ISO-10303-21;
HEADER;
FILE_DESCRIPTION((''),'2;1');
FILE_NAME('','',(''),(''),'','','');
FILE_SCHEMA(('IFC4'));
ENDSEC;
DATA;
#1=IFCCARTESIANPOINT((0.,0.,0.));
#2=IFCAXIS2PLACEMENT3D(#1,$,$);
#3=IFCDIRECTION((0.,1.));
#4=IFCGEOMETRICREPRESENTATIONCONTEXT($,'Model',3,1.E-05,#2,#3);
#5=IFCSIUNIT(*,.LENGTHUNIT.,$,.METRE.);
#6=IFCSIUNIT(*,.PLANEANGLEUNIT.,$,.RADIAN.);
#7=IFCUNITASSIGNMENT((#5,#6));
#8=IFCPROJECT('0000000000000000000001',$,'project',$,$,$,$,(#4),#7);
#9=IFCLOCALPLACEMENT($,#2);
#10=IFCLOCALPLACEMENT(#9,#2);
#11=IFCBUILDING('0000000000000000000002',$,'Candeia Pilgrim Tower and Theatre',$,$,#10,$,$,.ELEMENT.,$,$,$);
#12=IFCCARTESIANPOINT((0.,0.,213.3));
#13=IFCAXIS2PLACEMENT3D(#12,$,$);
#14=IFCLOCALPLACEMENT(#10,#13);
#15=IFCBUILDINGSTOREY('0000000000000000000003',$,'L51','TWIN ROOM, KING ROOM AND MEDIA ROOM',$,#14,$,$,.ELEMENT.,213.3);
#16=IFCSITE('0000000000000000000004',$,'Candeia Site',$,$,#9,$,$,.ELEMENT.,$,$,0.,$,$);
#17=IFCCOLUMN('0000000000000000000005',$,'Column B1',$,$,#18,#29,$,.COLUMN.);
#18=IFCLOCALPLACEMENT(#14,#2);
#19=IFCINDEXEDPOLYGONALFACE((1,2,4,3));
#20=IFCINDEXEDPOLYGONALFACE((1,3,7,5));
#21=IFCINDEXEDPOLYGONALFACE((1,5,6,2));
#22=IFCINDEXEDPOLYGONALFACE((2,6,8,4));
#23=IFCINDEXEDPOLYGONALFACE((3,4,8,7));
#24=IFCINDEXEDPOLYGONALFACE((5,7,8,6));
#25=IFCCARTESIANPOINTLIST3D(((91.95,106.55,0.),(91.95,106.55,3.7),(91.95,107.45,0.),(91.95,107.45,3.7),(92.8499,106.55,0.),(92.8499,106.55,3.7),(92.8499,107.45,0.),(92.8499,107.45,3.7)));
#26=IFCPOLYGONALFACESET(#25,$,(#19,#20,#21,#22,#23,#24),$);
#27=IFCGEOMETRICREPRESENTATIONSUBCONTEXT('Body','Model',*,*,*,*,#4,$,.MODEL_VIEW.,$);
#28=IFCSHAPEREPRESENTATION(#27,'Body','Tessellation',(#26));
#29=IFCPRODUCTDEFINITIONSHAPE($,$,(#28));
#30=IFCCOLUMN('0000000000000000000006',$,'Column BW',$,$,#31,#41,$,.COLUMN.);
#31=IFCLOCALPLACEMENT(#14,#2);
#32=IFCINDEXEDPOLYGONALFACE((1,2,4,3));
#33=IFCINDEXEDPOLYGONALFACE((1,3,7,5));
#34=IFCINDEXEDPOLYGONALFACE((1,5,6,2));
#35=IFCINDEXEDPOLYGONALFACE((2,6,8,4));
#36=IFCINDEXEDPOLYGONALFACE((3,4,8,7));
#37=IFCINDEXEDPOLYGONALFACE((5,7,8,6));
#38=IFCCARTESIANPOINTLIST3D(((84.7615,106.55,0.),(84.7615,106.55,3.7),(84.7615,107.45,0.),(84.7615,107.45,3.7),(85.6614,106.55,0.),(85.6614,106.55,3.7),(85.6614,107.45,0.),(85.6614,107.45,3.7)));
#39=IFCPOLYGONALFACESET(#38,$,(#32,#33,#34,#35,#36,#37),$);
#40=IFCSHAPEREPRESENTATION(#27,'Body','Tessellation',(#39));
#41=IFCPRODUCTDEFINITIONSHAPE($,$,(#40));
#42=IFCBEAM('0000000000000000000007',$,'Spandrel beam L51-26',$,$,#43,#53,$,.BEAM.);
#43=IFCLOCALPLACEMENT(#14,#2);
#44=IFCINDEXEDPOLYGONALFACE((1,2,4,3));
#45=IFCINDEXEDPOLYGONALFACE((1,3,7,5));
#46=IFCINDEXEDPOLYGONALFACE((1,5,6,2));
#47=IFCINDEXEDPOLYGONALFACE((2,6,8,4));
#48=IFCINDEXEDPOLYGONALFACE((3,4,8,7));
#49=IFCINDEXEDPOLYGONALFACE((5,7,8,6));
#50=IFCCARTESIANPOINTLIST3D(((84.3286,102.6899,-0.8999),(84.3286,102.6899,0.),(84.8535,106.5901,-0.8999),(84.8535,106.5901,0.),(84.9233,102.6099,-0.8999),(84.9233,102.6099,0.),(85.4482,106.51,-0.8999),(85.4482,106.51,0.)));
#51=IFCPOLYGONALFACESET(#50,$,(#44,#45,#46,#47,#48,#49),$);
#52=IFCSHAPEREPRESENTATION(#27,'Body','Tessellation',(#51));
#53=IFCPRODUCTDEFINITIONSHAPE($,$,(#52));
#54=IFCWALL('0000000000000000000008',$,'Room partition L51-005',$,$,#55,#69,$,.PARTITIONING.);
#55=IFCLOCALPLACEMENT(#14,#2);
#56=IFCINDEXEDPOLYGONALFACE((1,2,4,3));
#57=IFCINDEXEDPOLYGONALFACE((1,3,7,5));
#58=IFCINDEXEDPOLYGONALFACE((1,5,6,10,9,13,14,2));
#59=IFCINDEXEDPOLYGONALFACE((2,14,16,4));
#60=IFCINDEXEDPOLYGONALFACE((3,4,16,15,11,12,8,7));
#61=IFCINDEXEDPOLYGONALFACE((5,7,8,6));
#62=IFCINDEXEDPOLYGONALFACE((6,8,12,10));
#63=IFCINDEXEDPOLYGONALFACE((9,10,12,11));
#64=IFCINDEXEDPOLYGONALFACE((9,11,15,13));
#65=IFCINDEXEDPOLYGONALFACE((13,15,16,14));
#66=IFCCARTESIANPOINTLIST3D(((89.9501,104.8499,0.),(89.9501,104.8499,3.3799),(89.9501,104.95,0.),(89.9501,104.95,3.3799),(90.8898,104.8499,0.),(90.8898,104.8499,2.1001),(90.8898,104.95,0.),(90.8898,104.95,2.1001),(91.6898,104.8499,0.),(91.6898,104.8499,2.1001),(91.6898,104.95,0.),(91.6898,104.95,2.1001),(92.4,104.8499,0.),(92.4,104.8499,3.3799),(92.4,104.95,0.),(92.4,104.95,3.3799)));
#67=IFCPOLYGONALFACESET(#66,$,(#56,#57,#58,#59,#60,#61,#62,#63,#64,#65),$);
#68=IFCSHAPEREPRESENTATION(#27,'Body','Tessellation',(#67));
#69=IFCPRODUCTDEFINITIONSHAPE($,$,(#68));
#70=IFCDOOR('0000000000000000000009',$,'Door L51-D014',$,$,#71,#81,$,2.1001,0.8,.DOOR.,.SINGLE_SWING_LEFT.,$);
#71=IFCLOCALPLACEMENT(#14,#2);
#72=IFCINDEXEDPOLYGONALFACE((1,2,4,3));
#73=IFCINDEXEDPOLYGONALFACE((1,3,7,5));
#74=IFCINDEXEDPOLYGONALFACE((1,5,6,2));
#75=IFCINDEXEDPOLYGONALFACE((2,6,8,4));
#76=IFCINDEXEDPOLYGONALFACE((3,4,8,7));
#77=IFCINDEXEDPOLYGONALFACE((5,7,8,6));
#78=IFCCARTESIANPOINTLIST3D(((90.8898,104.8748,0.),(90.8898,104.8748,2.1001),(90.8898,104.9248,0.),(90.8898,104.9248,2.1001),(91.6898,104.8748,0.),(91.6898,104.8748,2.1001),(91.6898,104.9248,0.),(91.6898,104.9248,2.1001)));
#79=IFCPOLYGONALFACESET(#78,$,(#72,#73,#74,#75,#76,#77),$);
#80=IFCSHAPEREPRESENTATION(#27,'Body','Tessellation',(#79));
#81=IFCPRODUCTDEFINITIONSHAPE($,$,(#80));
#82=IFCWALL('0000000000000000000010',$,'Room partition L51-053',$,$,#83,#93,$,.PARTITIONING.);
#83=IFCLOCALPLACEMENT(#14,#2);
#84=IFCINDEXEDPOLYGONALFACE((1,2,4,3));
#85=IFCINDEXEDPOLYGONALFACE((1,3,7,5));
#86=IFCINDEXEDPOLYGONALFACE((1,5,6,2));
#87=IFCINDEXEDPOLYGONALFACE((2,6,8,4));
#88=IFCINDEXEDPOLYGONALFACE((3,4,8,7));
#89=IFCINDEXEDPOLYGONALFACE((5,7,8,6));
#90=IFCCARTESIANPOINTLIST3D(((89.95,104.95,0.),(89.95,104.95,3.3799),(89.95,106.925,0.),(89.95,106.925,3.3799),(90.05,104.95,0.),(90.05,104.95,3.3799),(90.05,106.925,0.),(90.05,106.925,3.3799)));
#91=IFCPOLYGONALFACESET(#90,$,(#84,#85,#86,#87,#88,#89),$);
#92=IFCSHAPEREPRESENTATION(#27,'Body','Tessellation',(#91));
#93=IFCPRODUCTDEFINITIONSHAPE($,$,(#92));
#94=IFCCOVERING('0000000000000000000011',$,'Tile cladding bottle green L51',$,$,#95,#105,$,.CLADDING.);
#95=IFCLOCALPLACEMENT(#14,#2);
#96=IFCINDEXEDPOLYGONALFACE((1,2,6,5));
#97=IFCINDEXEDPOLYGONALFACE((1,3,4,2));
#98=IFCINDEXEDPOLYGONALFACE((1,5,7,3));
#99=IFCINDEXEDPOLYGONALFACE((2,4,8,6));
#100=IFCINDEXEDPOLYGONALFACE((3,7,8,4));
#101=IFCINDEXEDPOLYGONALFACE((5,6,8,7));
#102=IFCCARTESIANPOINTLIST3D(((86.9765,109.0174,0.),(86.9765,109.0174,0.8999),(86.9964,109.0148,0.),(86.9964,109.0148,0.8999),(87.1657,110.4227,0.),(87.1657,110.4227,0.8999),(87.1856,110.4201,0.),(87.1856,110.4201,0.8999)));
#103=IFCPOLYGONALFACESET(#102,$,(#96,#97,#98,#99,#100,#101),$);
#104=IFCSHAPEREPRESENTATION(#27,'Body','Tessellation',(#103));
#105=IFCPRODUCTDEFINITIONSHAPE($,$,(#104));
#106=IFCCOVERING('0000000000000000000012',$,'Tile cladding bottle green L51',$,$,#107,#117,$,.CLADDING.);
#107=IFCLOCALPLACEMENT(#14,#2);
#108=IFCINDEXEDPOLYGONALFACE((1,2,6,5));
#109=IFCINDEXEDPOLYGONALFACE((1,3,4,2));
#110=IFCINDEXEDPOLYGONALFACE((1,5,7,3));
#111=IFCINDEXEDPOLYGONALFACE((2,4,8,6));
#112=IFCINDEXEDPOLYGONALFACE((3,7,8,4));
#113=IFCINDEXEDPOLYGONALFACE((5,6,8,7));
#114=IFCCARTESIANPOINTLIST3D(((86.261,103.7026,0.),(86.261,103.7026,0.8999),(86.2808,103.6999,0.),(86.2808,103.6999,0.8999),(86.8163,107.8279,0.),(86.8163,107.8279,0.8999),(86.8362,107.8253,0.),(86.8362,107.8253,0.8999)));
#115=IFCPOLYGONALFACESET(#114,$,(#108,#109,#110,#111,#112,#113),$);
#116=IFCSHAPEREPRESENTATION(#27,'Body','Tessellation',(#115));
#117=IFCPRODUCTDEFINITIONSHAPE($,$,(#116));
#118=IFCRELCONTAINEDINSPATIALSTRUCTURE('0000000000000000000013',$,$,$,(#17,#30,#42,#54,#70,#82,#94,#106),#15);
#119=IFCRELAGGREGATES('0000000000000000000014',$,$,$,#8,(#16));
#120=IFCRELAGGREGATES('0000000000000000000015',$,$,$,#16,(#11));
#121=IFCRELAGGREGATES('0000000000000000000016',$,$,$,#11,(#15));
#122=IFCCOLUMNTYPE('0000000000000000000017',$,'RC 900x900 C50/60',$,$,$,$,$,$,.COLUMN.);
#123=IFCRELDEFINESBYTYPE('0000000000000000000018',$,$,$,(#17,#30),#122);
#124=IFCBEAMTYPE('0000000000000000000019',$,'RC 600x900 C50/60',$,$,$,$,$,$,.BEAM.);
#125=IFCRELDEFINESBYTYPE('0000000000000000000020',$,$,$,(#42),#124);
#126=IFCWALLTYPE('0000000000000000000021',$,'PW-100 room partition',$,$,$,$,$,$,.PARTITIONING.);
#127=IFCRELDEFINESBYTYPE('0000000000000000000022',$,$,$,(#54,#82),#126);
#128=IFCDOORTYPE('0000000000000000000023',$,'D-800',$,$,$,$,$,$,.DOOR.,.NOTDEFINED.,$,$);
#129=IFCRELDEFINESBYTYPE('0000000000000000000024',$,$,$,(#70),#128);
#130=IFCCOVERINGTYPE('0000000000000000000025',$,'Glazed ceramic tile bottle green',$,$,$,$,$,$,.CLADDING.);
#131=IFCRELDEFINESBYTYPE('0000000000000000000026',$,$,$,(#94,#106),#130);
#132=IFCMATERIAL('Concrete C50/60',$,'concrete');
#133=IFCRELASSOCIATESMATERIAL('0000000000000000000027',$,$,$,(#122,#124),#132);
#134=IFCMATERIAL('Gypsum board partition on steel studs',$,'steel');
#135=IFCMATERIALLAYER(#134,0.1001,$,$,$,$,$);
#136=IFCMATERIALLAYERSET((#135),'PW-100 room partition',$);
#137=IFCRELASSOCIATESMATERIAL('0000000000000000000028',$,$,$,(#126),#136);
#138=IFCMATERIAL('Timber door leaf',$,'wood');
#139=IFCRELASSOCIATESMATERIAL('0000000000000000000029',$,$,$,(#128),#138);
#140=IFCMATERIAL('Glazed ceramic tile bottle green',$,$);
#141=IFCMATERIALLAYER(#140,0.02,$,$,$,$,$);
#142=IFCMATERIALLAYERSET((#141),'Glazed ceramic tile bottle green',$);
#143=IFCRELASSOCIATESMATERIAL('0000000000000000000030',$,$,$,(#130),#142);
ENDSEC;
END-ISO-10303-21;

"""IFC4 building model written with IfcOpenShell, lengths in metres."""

from ifc_helpers import new_model, si_unit, direction, frame, frame_2d, origin, origin_2d, place, context, subcontext, project, spatial, rectangle, extrude, material, layer, layer_set, material_profile, profile_set, type_object, element, fill, save


model = new_model("IFC4")

# Units and contexts
model_context = context("Model", 3, precision=1e-05, world=origin(), true_north=direction((0.0, 1.0)))
body_context = subcontext(model_context, "Body", "Model", "MODEL_VIEW")
ifc_project = project(units=[si_unit("LENGTHUNIT", "METRE"), si_unit("PLANEANGLEUNIT", "RADIAN")], contexts=[model_context])

# Site, building, storey
site_placement = place(None, origin())
site = spatial("IfcSite", under=ifc_project, at=site_placement, Name="Candeia Site", CompositionType="ELEMENT", RefElevation=0.0)
building_placement = place(site_placement, origin())
building = spatial("IfcBuilding", under=site, at=building_placement, Name="Candeia Pilgrim Tower and Theatre", CompositionType="ELEMENT")
storey_placement = place(building_placement, frame((0.0, 0.0, 213.3)))
storey = spatial("IfcBuildingStorey", under=building, at=storey_placement, Name="L51", Description="TWIN ROOM, KING ROOM AND MEDIA ROOM", CompositionType="ELEMENT", Elevation=213.3)

# Columns
ifc_material_1 = material(Name="Concrete C50/60", Category="concrete")
ifc_material_profile_1 = material_profile(ifc_material_1, rectangle(XDim=0.8999, YDim=0.8999, at=origin_2d()))
ifc_profile_set_1 = profile_set([ifc_material_profile_1], Name="Concrete C50/60")
column_type = type_object("IfcColumnType", Name="RC 900x900 C50/60", PredefinedType="COLUMN", material=ifc_profile_set_1)
for number, where, z_axis, x_axis, name in (
    (1, (92.3999, 107.0, 0.0), (0.0, 0.0, 1.0), (1.0, 0.0, 0.0), "Column B1"),
    (2, (85.2114, 107.0, 0.0), (0.0, 0.0, 1.0), (1.0, 0.0, 0.0), "Column BW"),
):
    element("IfcColumn", number, at=place(storey_placement, frame(where, z_axis=z_axis, x_axis=x_axis)), inside=storey, type_object=column_type, Name=name, PredefinedType="COLUMN", context=body_context, shape_type="SweptSolid", body=[
        extrude(rectangle(XDim=0.8999, YDim=0.8999, at=origin_2d()), origin(), (0.0, 0.0, 1.0), 3.7),
    ])

# Beam
ifc_material_profile_2 = material_profile(ifc_material_1, rectangle(XDim=0.6001, YDim=0.8999, at=origin_2d()))
ifc_profile_set_2 = profile_set([ifc_material_profile_2], Name="Concrete C50/60")
beam_type = type_object("IfcBeamType", Name="RC 600x900 C50/60", PredefinedType="BEAM", material=ifc_profile_set_2)
beam_placement = place(storey_placement, frame((85.1509, 106.55, -0.45), z_axis=(-0.133383, -0.991065, 0.0), x_axis=(0.991065, -0.133383, 0.0)))
element("IfcBeam", 3, at=beam_placement, inside=storey, type_object=beam_type, Name="Spandrel beam L51-26", PredefinedType="BEAM", context=body_context, shape_type="SweptSolid", body=[
    extrude(rectangle(XDim=0.6001, YDim=0.8999, at=origin_2d()), origin(), (0.0, 0.0, 1.0), 3.9353),
])

# Wall, opening, door
ifc_material_2 = material(Name="Gypsum board partition on steel studs", Category="steel")
ifc_layer_1 = layer(ifc_material_2, 0.1001)
ifc_layer_set_1 = layer_set([ifc_layer_1], Name="PW-100 room partition")
wall_type_1 = type_object("IfcWallType", Name="PW-100 room partition", PredefinedType="PARTITIONING", material=ifc_layer_set_1)
wall_1_placement = place(storey_placement, frame((89.95, 104.8999, 0.0), z_axis=(0.0, 0.0, 1.0), x_axis=(1.0, 0.0, 0.0)))
wall_1 = element("IfcWall", 4, at=wall_1_placement, inside=storey, type_object=wall_type_1, Name="Room partition L51-005", PredefinedType="PARTITIONING", context=body_context, shape_type="SweptSolid", body=[
    extrude(rectangle(XDim=2.45, YDim=0.1001, at=frame_2d((1.2251, 0.0))), origin(), (0.0, 0.0, 1.0), 3.3799),
])
opening_1_placement = place(wall_1_placement, frame((0.9399, 0.0, 0.0)))
opening_1 = element("IfcOpeningElement", 5, at=opening_1_placement, cuts=wall_1, PredefinedType="OPENING", context=body_context, shape_type="SweptSolid", body=[
    extrude(rectangle(XDim=0.8, YDim=2.1001, at=frame_2d((0.3999, 1.05))), frame((0.0, 0.0601, 0.0), z_axis=(0.0, -1.0, 0.0), x_axis=(1.0, 0.0, 0.0)), (0.0, 0.0, 1.0), 0.1201),
])
ifc_material_3 = material(Name="Timber door leaf", Category="wood")
door_type_1 = type_object("IfcDoorType", Name="D-800", OperationType="NOTDEFINED", PredefinedType="DOOR", material=ifc_material_3)
door_1_placement = place(opening_1_placement, origin())
door_1 = element("IfcDoor", 6, at=door_1_placement, inside=storey, type_object=door_type_1, Name="Door L51-D014", OperationType="SINGLE_SWING_LEFT", OverallHeight=2.1001, OverallWidth=0.8, PredefinedType="DOOR", context=body_context, shape_type="SweptSolid", body=[
    extrude(rectangle(XDim=0.8, YDim=2.1001, at=frame_2d((0.3999, 1.05))), frame((0.0, 0.0249, 0.0), z_axis=(0.0, -1.0, 0.0), x_axis=(1.0, 0.0, 0.0)), (0.0, 0.0, 1.0), 0.05),
])
fill(opening_1, door_1)

# Wall
wall_2_placement = place(storey_placement, frame((90.0, 104.95, 0.0), z_axis=(0.0, 0.0, 1.0), x_axis=(0.0, 1.0, 0.0)))
element("IfcWall", 7, at=wall_2_placement, inside=storey, type_object=wall_type_1, Name="Room partition L51-053", PredefinedType="PARTITIONING", context=body_context, shape_type="SweptSolid", body=[
    extrude(rectangle(XDim=1.9751, YDim=0.1001, at=frame_2d((0.9875, 0.0))), origin(), (0.0, 0.0, 1.0), 3.3799),
])

# Coverings
ifc_material_4 = material(Name="Glazed ceramic tile bottle green")
ifc_layer_2 = layer(ifc_material_4, 0.02)
ifc_layer_set_2 = layer_set([ifc_layer_2], Name="Glazed ceramic tile bottle green")
covering_type = type_object("IfcCoveringType", Name="Glazed ceramic tile bottle green", PredefinedType="CLADDING", material=ifc_layer_set_2)
covering_1_placement = place(storey_placement, frame((87.0811, 109.7188, 0.0), z_axis=(0.0, 0.0, 1.0), x_axis=(-0.133412, -0.991061, 0.0)))
element("IfcCovering", 8, at=covering_1_placement, inside=storey, type_object=covering_type, Name="Tile cladding bottle green L51", PredefinedType="CLADDING", context=body_context, shape_type="SweptSolid", body=[
    extrude(rectangle(XDim=1.418, YDim=0.02, at=origin_2d()), origin(), (0.0, 0.0, 1.0), 0.8999),
])
covering_2_placement = place(storey_placement, frame((86.5486, 105.7639, 0.0), z_axis=(0.0, 0.0, 1.0), x_axis=(-0.133412, -0.991061, 0.0)))
element("IfcCovering", 9, at=covering_2_placement, inside=storey, type_object=covering_type, Name="Tile cladding bottle green L51", PredefinedType="CLADDING", context=body_context, shape_type="SweptSolid", body=[
    extrude(rectangle(XDim=4.1626, YDim=0.02, at=origin_2d()), origin(), (0.0, 0.0, 1.0), 0.8999),
])

save(model, "model.ifc")
